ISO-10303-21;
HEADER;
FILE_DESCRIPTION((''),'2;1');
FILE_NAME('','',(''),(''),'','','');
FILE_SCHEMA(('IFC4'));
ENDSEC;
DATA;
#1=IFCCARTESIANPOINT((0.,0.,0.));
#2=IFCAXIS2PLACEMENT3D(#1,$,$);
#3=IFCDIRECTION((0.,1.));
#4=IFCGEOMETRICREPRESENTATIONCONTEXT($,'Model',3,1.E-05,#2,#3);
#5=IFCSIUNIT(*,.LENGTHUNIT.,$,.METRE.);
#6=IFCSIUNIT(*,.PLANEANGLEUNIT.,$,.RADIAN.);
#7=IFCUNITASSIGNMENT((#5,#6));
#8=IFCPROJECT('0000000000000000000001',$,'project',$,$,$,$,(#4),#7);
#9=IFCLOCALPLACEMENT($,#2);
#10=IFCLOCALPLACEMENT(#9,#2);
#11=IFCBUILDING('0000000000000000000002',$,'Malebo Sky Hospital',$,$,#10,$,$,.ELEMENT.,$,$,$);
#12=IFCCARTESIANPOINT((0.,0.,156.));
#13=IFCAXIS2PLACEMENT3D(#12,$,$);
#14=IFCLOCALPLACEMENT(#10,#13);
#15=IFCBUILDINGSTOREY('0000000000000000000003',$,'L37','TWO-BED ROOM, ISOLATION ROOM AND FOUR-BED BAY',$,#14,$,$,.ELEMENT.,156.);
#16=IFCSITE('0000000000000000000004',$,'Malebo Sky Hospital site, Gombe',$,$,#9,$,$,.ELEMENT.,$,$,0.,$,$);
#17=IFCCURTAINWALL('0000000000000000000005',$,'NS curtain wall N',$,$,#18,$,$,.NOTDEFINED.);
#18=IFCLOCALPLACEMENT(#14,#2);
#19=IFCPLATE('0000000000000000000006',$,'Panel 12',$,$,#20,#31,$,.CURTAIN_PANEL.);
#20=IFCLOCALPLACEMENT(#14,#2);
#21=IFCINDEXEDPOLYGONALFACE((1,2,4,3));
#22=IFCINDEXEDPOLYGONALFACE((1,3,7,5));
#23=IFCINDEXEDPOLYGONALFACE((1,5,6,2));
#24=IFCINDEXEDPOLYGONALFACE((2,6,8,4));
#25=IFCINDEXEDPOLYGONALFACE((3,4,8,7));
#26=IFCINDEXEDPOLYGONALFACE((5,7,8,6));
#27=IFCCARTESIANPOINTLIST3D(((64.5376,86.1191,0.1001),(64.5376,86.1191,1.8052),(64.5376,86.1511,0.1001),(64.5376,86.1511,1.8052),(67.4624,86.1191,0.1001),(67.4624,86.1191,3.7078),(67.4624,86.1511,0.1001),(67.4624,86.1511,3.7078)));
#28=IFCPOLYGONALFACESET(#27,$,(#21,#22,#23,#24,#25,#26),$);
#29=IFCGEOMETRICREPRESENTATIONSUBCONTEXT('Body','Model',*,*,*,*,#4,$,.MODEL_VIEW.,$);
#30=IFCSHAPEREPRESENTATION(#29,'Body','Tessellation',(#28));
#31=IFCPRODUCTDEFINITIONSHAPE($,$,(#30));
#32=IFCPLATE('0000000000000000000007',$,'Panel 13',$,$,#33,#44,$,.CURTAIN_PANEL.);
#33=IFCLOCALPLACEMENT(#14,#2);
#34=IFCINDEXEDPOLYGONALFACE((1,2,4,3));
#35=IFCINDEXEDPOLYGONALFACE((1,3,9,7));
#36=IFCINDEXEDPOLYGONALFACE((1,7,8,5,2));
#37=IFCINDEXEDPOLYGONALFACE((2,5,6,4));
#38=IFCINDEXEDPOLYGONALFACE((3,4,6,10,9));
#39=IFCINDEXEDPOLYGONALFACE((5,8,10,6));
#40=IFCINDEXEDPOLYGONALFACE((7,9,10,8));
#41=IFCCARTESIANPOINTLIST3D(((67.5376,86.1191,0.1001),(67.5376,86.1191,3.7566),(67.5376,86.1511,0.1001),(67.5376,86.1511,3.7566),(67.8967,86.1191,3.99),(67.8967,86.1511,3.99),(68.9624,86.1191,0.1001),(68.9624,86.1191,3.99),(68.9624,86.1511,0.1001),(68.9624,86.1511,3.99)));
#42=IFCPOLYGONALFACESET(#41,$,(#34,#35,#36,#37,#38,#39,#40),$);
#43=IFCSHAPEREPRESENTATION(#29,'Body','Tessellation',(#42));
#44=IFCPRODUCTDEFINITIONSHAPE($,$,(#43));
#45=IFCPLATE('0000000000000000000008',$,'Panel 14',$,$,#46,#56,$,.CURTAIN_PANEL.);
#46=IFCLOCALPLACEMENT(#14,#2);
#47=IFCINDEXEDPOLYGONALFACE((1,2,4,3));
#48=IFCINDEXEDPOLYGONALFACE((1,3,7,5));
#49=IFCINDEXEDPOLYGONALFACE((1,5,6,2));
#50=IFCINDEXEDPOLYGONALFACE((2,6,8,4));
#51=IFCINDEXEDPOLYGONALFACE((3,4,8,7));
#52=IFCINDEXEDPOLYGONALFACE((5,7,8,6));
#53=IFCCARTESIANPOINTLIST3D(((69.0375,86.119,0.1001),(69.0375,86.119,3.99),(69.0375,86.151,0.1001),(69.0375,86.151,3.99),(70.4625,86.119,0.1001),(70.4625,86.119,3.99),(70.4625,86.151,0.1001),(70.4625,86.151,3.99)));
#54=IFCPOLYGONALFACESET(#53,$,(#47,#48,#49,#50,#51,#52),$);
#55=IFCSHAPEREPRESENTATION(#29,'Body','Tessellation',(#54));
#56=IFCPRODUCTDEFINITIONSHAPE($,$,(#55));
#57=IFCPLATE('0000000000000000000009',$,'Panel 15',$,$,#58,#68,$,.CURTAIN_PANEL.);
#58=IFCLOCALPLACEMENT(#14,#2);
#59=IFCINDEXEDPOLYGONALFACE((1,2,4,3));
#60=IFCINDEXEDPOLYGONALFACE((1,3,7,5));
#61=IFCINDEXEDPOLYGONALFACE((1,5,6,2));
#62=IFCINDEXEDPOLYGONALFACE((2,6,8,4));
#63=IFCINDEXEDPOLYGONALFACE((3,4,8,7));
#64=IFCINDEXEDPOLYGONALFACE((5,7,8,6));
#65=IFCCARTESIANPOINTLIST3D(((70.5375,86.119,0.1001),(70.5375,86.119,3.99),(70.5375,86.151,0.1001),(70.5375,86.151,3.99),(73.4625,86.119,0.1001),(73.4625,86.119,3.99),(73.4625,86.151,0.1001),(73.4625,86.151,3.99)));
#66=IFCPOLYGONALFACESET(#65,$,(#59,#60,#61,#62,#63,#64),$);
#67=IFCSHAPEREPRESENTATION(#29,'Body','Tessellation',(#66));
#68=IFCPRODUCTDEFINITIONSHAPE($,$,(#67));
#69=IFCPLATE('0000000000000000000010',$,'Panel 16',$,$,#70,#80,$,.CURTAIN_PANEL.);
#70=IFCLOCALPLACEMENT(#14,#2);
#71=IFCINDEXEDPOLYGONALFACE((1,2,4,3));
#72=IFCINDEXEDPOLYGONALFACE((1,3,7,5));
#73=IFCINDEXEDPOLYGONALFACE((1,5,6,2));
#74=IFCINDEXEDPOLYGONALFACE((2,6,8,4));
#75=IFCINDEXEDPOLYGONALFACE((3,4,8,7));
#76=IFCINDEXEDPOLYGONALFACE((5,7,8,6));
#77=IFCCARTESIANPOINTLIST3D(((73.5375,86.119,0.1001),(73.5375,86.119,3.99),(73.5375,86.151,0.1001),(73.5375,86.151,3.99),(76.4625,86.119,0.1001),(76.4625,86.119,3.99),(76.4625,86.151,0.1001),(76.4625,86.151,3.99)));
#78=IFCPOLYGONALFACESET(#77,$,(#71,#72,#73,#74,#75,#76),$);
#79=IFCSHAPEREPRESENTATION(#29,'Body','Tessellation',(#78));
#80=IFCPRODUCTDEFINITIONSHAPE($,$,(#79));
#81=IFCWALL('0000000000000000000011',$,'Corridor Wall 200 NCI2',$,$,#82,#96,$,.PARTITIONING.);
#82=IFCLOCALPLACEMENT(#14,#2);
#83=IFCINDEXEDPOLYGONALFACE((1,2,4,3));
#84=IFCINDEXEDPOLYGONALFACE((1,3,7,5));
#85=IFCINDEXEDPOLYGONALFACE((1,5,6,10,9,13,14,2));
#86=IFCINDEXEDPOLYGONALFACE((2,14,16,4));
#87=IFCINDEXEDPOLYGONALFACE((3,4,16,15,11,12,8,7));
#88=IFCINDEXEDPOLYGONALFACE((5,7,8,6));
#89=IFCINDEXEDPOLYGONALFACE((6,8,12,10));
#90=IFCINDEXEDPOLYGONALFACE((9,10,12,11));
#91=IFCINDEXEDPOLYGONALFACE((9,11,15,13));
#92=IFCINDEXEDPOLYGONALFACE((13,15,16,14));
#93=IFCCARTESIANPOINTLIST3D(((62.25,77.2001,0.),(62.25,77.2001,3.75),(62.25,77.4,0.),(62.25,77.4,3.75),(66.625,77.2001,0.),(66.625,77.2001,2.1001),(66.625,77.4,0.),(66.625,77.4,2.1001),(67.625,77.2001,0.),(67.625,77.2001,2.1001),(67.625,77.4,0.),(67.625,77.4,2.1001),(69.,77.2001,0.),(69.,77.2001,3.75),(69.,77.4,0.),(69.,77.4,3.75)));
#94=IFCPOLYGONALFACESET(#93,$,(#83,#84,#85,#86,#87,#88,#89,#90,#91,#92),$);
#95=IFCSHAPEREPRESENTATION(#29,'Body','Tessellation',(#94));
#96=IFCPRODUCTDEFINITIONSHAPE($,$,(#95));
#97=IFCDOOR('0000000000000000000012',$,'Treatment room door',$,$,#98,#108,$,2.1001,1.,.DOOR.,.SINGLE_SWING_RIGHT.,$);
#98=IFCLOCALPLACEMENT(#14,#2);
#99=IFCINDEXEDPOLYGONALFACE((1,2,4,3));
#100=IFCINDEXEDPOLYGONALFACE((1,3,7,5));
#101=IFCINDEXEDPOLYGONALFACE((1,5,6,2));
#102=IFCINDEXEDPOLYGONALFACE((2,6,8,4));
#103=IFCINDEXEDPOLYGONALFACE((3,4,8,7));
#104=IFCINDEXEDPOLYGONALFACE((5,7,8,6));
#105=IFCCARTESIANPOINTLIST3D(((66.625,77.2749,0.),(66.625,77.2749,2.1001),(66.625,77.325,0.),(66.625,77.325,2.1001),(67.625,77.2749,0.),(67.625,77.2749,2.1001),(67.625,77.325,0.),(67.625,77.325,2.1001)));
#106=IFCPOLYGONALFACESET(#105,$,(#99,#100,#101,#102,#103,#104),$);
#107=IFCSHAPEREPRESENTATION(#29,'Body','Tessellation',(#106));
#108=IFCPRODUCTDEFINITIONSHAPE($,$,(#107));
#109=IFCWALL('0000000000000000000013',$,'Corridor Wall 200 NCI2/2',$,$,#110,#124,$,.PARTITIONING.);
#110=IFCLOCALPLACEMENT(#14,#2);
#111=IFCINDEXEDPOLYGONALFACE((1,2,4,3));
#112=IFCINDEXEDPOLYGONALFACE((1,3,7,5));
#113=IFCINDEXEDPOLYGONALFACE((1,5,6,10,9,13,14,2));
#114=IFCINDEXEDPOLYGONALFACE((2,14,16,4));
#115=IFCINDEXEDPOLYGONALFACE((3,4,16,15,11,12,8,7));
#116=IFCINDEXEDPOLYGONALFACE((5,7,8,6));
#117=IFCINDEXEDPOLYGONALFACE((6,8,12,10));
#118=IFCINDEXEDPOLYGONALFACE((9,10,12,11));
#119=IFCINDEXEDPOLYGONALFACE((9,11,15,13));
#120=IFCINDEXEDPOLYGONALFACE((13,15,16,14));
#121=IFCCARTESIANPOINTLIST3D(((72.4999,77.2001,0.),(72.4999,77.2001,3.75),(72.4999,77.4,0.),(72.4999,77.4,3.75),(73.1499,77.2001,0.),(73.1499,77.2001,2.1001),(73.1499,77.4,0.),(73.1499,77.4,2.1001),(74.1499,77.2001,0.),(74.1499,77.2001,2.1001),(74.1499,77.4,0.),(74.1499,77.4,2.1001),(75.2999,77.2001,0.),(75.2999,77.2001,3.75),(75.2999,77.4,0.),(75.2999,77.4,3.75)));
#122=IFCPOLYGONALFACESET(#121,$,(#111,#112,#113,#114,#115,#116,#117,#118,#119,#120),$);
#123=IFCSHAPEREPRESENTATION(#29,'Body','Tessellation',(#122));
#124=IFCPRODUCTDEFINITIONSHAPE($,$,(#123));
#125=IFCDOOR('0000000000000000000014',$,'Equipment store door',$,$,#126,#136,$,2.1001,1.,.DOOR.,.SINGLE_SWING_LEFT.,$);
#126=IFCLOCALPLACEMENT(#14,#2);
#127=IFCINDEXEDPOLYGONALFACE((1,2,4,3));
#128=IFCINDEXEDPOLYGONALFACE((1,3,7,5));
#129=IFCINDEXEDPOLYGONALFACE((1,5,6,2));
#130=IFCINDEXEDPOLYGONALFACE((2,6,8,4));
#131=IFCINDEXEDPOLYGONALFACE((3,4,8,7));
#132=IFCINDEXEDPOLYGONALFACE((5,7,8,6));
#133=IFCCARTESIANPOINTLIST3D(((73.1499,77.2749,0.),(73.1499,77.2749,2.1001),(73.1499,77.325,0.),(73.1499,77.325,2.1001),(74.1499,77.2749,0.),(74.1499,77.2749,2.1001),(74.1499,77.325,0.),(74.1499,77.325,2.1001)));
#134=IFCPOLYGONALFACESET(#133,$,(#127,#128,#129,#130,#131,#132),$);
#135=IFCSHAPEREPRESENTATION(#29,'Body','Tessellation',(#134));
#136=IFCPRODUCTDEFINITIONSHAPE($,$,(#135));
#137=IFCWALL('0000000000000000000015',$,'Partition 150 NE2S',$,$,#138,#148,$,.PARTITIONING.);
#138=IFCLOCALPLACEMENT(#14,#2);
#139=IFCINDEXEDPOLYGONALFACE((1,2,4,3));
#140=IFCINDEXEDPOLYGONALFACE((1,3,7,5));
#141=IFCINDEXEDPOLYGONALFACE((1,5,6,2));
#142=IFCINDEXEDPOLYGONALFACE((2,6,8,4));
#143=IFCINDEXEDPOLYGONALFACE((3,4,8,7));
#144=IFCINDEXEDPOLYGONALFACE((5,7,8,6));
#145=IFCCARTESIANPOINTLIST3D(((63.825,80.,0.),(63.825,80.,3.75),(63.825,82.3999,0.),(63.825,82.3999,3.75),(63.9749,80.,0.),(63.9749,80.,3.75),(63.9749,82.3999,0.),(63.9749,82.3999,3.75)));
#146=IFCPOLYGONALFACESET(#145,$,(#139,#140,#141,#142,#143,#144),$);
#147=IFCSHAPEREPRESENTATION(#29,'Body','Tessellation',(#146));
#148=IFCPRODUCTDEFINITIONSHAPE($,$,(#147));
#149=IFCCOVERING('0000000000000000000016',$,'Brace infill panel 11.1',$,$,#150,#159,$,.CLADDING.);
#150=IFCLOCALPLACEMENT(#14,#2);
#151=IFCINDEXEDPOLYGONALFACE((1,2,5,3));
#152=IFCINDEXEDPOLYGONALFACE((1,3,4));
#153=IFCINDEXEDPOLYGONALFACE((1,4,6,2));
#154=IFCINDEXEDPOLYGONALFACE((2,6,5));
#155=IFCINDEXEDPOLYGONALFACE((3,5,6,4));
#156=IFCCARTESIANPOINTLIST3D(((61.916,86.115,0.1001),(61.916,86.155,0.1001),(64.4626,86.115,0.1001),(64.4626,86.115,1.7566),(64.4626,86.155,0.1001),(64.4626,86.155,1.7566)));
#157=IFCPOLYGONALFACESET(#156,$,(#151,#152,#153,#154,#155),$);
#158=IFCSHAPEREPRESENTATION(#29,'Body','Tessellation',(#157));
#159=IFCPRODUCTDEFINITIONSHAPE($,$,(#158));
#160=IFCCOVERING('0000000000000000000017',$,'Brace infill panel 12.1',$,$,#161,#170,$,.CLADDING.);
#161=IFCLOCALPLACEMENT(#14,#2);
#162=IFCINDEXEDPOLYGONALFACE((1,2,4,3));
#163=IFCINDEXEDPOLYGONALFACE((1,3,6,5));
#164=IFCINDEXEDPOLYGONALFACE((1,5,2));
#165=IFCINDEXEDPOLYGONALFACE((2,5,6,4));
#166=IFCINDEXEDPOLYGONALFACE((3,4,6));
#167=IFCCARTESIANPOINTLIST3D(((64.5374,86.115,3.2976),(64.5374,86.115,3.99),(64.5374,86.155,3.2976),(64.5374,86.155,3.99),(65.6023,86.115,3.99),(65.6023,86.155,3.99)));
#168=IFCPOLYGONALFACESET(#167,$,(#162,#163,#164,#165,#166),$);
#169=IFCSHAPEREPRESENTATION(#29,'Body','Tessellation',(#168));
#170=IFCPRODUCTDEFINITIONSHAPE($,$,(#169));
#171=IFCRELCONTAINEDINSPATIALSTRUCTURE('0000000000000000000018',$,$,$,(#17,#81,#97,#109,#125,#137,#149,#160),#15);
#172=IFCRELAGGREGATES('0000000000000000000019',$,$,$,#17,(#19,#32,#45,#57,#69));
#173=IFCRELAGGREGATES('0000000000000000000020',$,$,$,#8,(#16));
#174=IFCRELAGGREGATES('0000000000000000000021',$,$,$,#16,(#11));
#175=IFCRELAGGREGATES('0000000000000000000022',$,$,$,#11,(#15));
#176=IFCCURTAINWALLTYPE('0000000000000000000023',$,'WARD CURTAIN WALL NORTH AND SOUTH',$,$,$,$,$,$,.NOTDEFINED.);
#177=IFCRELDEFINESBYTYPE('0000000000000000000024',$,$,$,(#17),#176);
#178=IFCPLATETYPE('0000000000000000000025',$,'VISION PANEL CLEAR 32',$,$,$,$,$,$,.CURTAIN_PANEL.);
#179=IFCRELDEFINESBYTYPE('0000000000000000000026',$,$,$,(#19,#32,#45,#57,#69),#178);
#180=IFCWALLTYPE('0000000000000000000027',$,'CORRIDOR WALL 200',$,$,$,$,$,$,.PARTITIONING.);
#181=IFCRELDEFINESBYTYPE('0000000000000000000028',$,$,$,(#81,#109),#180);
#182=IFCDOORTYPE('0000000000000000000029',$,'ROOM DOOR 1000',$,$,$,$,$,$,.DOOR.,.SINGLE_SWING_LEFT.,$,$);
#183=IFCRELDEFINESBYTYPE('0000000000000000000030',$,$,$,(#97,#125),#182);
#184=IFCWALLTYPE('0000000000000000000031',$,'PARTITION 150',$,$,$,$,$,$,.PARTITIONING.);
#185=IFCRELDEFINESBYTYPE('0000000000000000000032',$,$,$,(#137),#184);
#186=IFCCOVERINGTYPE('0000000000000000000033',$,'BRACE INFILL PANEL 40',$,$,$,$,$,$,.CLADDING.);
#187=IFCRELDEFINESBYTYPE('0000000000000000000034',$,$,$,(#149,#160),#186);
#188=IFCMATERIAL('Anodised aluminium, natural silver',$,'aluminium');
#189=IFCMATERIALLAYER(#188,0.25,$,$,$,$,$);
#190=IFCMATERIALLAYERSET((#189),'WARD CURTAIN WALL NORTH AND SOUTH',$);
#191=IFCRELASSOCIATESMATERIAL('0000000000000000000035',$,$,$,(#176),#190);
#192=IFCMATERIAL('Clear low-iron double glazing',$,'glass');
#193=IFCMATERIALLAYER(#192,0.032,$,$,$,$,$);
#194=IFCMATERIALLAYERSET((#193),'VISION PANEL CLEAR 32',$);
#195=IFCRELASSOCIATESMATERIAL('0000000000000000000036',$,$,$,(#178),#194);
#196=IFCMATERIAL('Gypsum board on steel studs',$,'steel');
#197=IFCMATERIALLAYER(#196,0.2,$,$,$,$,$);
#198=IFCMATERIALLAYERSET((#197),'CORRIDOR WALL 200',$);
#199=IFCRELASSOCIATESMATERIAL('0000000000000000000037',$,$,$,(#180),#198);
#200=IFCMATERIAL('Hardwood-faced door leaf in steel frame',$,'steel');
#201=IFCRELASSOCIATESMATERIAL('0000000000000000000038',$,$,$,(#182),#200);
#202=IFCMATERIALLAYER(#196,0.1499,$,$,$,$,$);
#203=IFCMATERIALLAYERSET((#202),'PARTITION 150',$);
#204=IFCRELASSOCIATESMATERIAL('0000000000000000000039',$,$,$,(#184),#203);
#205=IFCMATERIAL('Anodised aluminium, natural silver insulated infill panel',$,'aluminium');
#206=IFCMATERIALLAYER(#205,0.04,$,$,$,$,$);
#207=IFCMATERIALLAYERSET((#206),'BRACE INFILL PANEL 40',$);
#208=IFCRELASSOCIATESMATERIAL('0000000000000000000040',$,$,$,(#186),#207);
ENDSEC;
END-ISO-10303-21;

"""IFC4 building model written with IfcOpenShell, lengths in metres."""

from ifc_helpers import new_model, si_unit, direction, frame, frame_2d, origin, origin_2d, place, context, subcontext, project, spatial, polyline, rectangle, outline, extrude, material, layer, layer_set, type_object, element, fill, aggregate, save


model = new_model("IFC4")

# Units and contexts
model_context = context("Model", 3, precision=1e-05, world=origin(), true_north=direction((0.0, 1.0)))
body_context = subcontext(model_context, "Body", "Model", "MODEL_VIEW")
ifc_project = project(units=[si_unit("LENGTHUNIT", "METRE"), si_unit("PLANEANGLEUNIT", "RADIAN")], contexts=[model_context])

# Site, building, storey
site_placement = place(None, origin())
site = spatial("IfcSite", under=ifc_project, at=site_placement, Name="Malebo Sky Hospital site, Gombe", CompositionType="ELEMENT", RefElevation=0.0)
building_placement = place(site_placement, origin())
building = spatial("IfcBuilding", under=site, at=building_placement, Name="Malebo Sky Hospital", CompositionType="ELEMENT")
storey_placement = place(building_placement, frame((0.0, 0.0, 156.0)))
storey = spatial("IfcBuildingStorey", under=building, at=storey_placement, Name="L37", Description="TWO-BED ROOM, ISOLATION ROOM AND FOUR-BED BAY", CompositionType="ELEMENT", Elevation=156.0)

# Curtain wall
ifc_material_1 = material(Name="Anodised aluminium, natural silver", Category="aluminium")
ifc_layer_1 = layer(ifc_material_1, 0.25)
ifc_layer_set_1 = layer_set([ifc_layer_1], Name="WARD CURTAIN WALL NORTH AND SOUTH")
curtain_wall_type = type_object("IfcCurtainWallType", Name="WARD CURTAIN WALL NORTH AND SOUTH", PredefinedType="NOTDEFINED", material=ifc_layer_set_1)
curtain_wall_placement = place(storey_placement, origin())
curtain_wall = element("IfcCurtainWall", 1, at=curtain_wall_placement, inside=storey, type_object=curtain_wall_type, Name="NS curtain wall N", PredefinedType="NOTDEFINED")

# Plates
ifc_material_2 = material(Name="Clear low-iron double glazing", Category="glass")
ifc_layer_2 = layer(ifc_material_2, 0.032)
ifc_layer_set_2 = layer_set([ifc_layer_2], Name="VISION PANEL CLEAR 32")
plate_type = type_object("IfcPlateType", Name="VISION PANEL CLEAR 32", PredefinedType="CURTAIN_PANEL", material=ifc_layer_set_2)
plate_1_placement = place(storey_placement, frame((66.0, 86.135, 0.1001), z_axis=(0.0, 0.0, 1.0), x_axis=(1.0, 0.0, 0.0)))
plate_1 = element("IfcPlate", 2, at=plate_1_placement, type_object=plate_type, Name="Panel 12", PredefinedType="CURTAIN_PANEL", context=body_context, shape_type="SweptSolid", body=[
    extrude(outline(polyline([(-1.4624, 0.0), (1.4624, 0.0), (1.4624, 3.6077), (-1.4624, 1.7051), (-1.4624, 0.0)])), frame((0.0, 0.0161, 0.0), z_axis=(0.0, -1.0, 0.0), x_axis=(1.0, 0.0, 0.0)), (0.0, 0.0, 1.0), 0.032),
])
plate_2_placement = place(storey_placement, frame((68.25, 86.135, 0.1001), z_axis=(0.0, 0.0, 1.0), x_axis=(1.0, 0.0, 0.0)))
plate_2 = element("IfcPlate", 3, at=plate_2_placement, type_object=plate_type, Name="Panel 13", PredefinedType="CURTAIN_PANEL", context=body_context, shape_type="SweptSolid", body=[
    extrude(outline(polyline([(-0.7124, 0.0), (0.7124, 0.0), (0.7124, 3.8899), (-0.3533, 3.8899), (-0.7124, 3.6565), (-0.7124, 0.0)])), frame((0.0, 0.0161, 0.0), z_axis=(0.0, -1.0, 0.0), x_axis=(1.0, 0.0, 0.0)), (0.0, 0.0, 1.0), 0.032),
])
plate_3_placement = place(storey_placement, frame((69.75, 86.135, 0.1001), z_axis=(0.0, 0.0, 1.0), x_axis=(1.0, 0.0, 0.0)))
plate_3 = element("IfcPlate", 4, at=plate_3_placement, type_object=plate_type, Name="Panel 14", PredefinedType="CURTAIN_PANEL", context=body_context, shape_type="SweptSolid", body=[
    extrude(rectangle(XDim=1.425, YDim=0.032, at=origin_2d()), origin(), (0.0, 0.0, 1.0), 3.8899),
])
plate_4_placement = place(storey_placement, frame((72.0, 86.135, 0.1001), z_axis=(0.0, 0.0, 1.0), x_axis=(1.0, 0.0, 0.0)))
plate_4 = element("IfcPlate", 5, at=plate_4_placement, type_object=plate_type, Name="Panel 15", PredefinedType="CURTAIN_PANEL", context=body_context, shape_type="SweptSolid", body=[
    extrude(rectangle(XDim=2.925, YDim=0.032, at=origin_2d()), origin(), (0.0, 0.0, 1.0), 3.8899),
])
plate_5_placement = place(storey_placement, frame((75.0, 86.135, 0.1001), z_axis=(0.0, 0.0, 1.0), x_axis=(1.0, 0.0, 0.0)))
plate_5 = element("IfcPlate", 6, at=plate_5_placement, type_object=plate_type, Name="Panel 16", PredefinedType="CURTAIN_PANEL", context=body_context, shape_type="SweptSolid", body=[
    extrude(rectangle(XDim=2.925, YDim=0.032, at=origin_2d()), origin(), (0.0, 0.0, 1.0), 3.8899),
])
aggregate(curtain_wall, [plate_1, plate_2, plate_3, plate_4, plate_5])

# Walls, openings, doors
ifc_material_3 = material(Name="Gypsum board on steel studs", Category="steel")
ifc_layer_3 = layer(ifc_material_3, 0.2)
ifc_layer_set_3 = layer_set([ifc_layer_3], Name="CORRIDOR WALL 200")
wall_type_1 = type_object("IfcWallType", Name="CORRIDOR WALL 200", PredefinedType="PARTITIONING", material=ifc_layer_set_3)
wall_1_placement = place(storey_placement, frame((62.25, 77.3, 0.0), z_axis=(0.0, 0.0, 1.0), x_axis=(1.0, 0.0, 0.0)))
wall_1 = element("IfcWall", 7, at=wall_1_placement, inside=storey, type_object=wall_type_1, Name="Corridor Wall 200 NCI2", PredefinedType="PARTITIONING", context=body_context, shape_type="SweptSolid", body=[
    extrude(rectangle(XDim=6.75, YDim=0.2, at=frame_2d((3.375, 0.0))), origin(), (0.0, 0.0, 1.0), 3.75),
])
opening_1_placement = place(wall_1_placement, frame((4.375, 0.0, 0.0)))
opening_1 = element("IfcOpeningElement", 8, at=opening_1_placement, cuts=wall_1, PredefinedType="OPENING", context=body_context, shape_type="SweptSolid", body=[
    extrude(rectangle(XDim=1.0, YDim=2.1001, at=frame_2d((0.5, 1.05))), frame((0.0, 0.1099, 0.0), z_axis=(0.0, -1.0, 0.0), x_axis=(1.0, 0.0, 0.0)), (0.0, 0.0, 1.0), 0.22),
])
ifc_material_4 = material(Name="Hardwood-faced door leaf in steel frame", Category="steel")
door_type = type_object("IfcDoorType", Name="ROOM DOOR 1000", OperationType="SINGLE_SWING_LEFT", PredefinedType="DOOR", material=ifc_material_4)
door_1_placement = place(opening_1_placement, origin())
door_1 = element("IfcDoor", 9, at=door_1_placement, inside=storey, type_object=door_type, Name="Treatment room door", OperationType="SINGLE_SWING_RIGHT", OverallHeight=2.1001, OverallWidth=1.0, PredefinedType="DOOR", context=body_context, shape_type="SweptSolid", body=[
    extrude(rectangle(XDim=1.0, YDim=2.1001, at=frame_2d((0.5, 1.05))), frame((0.0, 0.0249, 0.0), z_axis=(0.0, -1.0, 0.0), x_axis=(1.0, 0.0, 0.0)), (0.0, 0.0, 1.0), 0.05),
])
fill(opening_1, door_1)
wall_2_placement = place(storey_placement, frame((72.5, 77.3, 0.0), z_axis=(0.0, 0.0, 1.0), x_axis=(1.0, 0.0, 0.0)))
wall_2 = element("IfcWall", 10, at=wall_2_placement, inside=storey, type_object=wall_type_1, Name="Corridor Wall 200 NCI2/2", PredefinedType="PARTITIONING", context=body_context, shape_type="SweptSolid", body=[
    extrude(rectangle(XDim=2.8, YDim=0.2, at=frame_2d((1.3999, 0.0))), origin(), (0.0, 0.0, 1.0), 3.75),
])
opening_2_placement = place(wall_2_placement, frame((0.6499, 0.0, 0.0)))
opening_2 = element("IfcOpeningElement", 11, at=opening_2_placement, cuts=wall_2, PredefinedType="OPENING", context=body_context, shape_type="SweptSolid", body=[
    extrude(rectangle(XDim=1.0, YDim=2.1001, at=frame_2d((0.5, 1.05))), frame((0.0, 0.1099, 0.0), z_axis=(0.0, -1.0, 0.0), x_axis=(1.0, 0.0, 0.0)), (0.0, 0.0, 1.0), 0.22),
])
door_2_placement = place(opening_2_placement, origin())
door_2 = element("IfcDoor", 12, at=door_2_placement, inside=storey, type_object=door_type, Name="Equipment store door", OperationType="SINGLE_SWING_LEFT", OverallHeight=2.1001, OverallWidth=1.0, PredefinedType="DOOR", context=body_context, shape_type="SweptSolid", body=[
    extrude(rectangle(XDim=1.0, YDim=2.1001, at=frame_2d((0.5, 1.05))), frame((0.0, 0.0249, 0.0), z_axis=(0.0, -1.0, 0.0), x_axis=(1.0, 0.0, 0.0)), (0.0, 0.0, 1.0), 0.05),
])
fill(opening_2, door_2)

# Wall
ifc_layer_4 = layer(ifc_material_3, 0.1499)
ifc_layer_set_4 = layer_set([ifc_layer_4], Name="PARTITION 150")
wall_type_2 = type_object("IfcWallType", Name="PARTITION 150", PredefinedType="PARTITIONING", material=ifc_layer_set_4)
wall_3_placement = place(storey_placement, frame((63.8999, 80.0, 0.0), z_axis=(0.0, 0.0, 1.0), x_axis=(0.0, 1.0, 0.0)))
element("IfcWall", 13, at=wall_3_placement, inside=storey, type_object=wall_type_2, Name="Partition 150 NE2S", PredefinedType="PARTITIONING", context=body_context, shape_type="SweptSolid", body=[
    extrude(rectangle(XDim=2.3999, YDim=0.1499, at=frame_2d((1.2, 0.0))), origin(), (0.0, 0.0, 1.0), 3.75),
])

# Coverings
ifc_material_5 = material(Name="Anodised aluminium, natural silver insulated infill panel", Category="aluminium")
ifc_layer_5 = layer(ifc_material_5, 0.04)
ifc_layer_set_5 = layer_set([ifc_layer_5], Name="BRACE INFILL PANEL 40")
covering_type = type_object("IfcCoveringType", Name="BRACE INFILL PANEL 40", PredefinedType="CLADDING", material=ifc_layer_set_5)
covering_1_placement = place(storey_placement, frame((63.1892, 86.135, 0.1001), z_axis=(0.0, 0.0, 1.0), x_axis=(1.0, 0.0, 0.0)))
element("IfcCovering", 14, at=covering_1_placement, inside=storey, type_object=covering_type, Name="Brace infill panel 11.1", PredefinedType="CLADDING", context=body_context, shape_type="SweptSolid", body=[
    extrude(outline(polyline([(-1.2732, 0.0), (1.2734, 0.0), (1.2734, 1.6565), (-1.2732, 0.0)])), frame((0.0, 0.02, 0.0), z_axis=(0.0, -1.0, 0.0), x_axis=(1.0, 0.0, 0.0)), (0.0, 0.0, 1.0), 0.04),
])
covering_2_placement = place(storey_placement, frame((65.0698, 86.135, 3.2976), z_axis=(0.0, 0.0, 1.0), x_axis=(1.0, 0.0, 0.0)))
element("IfcCovering", 15, at=covering_2_placement, inside=storey, type_object=covering_type, Name="Brace infill panel 12.1", PredefinedType="CLADDING", context=body_context, shape_type="SweptSolid", body=[
    extrude(outline(polyline([(-0.5325, 0.0), (0.5325, 0.6924), (-0.5325, 0.6924), (-0.5325, 0.0)])), frame((0.0, 0.02, 0.0), z_axis=(0.0, -1.0, 0.0), x_axis=(1.0, 0.0, 0.0)), (0.0, 0.0, 1.0), 0.04),
])

save(model, "model.ifc")
